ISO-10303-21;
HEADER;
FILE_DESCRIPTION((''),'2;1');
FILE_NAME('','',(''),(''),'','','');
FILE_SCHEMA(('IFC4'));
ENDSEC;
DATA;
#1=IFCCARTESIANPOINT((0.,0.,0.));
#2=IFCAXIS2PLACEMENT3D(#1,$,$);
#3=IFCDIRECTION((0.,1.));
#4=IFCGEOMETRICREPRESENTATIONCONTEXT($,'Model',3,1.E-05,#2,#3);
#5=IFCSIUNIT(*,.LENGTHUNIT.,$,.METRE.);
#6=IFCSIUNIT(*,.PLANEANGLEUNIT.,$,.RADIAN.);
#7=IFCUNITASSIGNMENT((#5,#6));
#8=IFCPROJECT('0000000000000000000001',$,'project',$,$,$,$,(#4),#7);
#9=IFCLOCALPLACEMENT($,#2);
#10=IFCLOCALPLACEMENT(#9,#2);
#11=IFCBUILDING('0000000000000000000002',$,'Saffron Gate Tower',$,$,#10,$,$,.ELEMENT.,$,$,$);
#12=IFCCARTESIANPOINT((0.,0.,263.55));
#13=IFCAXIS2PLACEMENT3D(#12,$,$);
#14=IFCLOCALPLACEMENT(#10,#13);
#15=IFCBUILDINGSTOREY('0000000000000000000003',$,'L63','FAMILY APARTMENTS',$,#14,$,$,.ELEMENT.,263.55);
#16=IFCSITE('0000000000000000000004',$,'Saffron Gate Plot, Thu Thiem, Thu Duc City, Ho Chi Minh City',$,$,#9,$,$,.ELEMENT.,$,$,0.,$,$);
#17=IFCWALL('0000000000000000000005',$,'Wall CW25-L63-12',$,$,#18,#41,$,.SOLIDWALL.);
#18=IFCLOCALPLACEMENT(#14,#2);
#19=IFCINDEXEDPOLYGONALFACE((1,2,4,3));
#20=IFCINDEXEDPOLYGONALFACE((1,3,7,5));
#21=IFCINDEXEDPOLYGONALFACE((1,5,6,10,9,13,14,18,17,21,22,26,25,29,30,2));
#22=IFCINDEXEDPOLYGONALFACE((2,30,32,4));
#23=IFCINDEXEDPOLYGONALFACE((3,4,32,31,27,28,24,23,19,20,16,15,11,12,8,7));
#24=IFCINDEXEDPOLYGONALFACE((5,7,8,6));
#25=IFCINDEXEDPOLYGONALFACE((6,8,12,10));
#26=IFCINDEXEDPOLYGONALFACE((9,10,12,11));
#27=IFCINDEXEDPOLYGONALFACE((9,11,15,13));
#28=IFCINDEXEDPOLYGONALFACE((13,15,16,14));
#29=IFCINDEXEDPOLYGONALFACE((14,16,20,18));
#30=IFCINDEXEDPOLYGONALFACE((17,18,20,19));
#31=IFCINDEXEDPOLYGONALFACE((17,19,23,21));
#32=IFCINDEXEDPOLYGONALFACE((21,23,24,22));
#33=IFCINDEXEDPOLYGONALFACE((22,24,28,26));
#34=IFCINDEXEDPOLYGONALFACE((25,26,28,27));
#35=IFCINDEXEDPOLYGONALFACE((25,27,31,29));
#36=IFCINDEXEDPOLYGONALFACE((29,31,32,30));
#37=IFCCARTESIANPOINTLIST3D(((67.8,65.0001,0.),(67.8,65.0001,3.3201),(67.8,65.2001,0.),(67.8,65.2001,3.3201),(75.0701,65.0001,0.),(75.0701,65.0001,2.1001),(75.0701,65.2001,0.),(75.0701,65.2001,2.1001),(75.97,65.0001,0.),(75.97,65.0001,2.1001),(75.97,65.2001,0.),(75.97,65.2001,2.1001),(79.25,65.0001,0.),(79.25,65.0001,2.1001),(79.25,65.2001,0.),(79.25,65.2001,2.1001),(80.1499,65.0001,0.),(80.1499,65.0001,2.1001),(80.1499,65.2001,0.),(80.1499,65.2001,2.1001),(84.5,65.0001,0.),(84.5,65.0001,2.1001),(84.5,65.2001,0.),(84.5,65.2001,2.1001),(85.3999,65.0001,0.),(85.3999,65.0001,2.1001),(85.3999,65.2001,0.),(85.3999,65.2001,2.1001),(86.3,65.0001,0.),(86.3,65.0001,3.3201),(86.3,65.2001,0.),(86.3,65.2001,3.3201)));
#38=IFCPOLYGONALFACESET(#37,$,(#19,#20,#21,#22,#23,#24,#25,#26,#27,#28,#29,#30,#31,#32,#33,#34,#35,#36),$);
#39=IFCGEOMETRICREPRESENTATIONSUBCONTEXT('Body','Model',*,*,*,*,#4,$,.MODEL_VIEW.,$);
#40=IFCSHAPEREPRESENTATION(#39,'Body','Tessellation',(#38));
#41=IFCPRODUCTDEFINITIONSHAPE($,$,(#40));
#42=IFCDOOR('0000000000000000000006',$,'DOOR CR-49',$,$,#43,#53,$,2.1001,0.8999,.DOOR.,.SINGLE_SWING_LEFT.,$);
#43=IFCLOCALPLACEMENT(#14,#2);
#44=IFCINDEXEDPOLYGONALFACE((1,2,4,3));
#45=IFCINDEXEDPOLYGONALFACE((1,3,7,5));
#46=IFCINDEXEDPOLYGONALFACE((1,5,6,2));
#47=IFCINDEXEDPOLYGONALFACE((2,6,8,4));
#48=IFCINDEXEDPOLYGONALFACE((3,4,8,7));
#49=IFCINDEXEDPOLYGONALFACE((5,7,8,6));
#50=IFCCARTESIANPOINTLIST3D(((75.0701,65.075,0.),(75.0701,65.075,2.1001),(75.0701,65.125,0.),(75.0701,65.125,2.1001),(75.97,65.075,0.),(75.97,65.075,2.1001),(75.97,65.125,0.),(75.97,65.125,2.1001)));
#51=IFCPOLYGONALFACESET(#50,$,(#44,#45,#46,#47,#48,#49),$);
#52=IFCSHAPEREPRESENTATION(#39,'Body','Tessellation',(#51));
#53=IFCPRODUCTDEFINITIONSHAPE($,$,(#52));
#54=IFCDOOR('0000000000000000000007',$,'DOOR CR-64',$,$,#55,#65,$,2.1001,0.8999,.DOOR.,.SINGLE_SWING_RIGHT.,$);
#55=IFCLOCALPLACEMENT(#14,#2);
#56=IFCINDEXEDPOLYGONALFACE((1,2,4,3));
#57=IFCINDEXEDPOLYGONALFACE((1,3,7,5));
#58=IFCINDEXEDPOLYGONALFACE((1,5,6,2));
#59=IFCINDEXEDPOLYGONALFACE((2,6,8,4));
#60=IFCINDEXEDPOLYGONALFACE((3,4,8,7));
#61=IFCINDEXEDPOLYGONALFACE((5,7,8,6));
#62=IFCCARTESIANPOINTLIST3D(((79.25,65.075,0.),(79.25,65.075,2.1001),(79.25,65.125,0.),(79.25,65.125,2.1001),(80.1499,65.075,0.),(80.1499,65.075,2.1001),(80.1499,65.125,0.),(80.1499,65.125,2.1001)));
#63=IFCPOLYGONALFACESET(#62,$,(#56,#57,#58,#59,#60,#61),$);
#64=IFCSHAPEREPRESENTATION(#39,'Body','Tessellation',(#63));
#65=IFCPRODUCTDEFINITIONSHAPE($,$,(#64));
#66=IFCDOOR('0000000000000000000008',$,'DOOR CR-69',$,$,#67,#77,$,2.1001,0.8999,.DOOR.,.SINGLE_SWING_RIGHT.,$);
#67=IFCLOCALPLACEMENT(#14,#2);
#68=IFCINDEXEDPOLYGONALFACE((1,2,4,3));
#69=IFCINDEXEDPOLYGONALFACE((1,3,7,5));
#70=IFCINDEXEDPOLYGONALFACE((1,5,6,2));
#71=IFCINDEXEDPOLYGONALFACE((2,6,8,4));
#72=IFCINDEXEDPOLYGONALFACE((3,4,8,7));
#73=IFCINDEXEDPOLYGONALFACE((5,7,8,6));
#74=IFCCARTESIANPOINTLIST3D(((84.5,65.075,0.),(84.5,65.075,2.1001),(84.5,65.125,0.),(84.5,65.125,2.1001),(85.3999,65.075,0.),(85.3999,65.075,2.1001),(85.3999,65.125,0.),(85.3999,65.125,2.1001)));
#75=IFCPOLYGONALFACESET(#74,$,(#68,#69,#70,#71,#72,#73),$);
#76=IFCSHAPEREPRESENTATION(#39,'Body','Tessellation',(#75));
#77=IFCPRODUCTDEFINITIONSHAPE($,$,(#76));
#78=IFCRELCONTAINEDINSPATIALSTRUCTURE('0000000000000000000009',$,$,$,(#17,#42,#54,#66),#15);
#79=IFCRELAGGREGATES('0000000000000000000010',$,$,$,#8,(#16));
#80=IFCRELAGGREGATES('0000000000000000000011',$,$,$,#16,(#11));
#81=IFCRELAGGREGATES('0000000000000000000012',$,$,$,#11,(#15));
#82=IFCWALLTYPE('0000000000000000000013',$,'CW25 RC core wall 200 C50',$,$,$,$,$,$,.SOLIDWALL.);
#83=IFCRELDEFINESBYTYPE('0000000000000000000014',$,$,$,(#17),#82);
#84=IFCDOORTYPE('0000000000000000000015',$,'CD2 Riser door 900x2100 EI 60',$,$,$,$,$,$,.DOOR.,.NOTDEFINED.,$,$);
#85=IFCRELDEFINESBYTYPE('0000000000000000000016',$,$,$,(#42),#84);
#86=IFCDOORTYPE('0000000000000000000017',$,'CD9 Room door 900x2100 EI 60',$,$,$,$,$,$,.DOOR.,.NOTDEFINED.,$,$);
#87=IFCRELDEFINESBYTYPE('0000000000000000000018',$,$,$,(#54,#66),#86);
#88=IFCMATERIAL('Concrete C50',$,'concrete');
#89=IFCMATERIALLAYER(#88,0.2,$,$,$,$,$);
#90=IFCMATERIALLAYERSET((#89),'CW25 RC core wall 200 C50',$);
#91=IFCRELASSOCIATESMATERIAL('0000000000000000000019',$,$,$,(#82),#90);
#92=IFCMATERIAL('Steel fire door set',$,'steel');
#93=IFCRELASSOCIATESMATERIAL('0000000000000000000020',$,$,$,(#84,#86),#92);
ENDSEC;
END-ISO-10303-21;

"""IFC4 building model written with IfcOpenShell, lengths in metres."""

from ifc_helpers import new_model, si_unit, direction, frame, frame_2d, origin, place, context, subcontext, project, spatial, rectangle, extrude, material, layer, layer_set, type_object, element, fill, save


model = new_model("IFC4")

# Units and contexts
model_context = context("Model", 3, precision=1e-05, world=origin(), true_north=direction((0.0, 1.0)))
body_context = subcontext(model_context, "Body", "Model", "MODEL_VIEW")
ifc_project = project(units=[si_unit("LENGTHUNIT", "METRE"), si_unit("PLANEANGLEUNIT", "RADIAN")], contexts=[model_context])

# Site, building, storey
site_placement = place(None, origin())
site = spatial("IfcSite", under=ifc_project, at=site_placement, Name="Saffron Gate Plot, Thu Thiem, Thu Duc City, Ho Chi Minh City", CompositionType="ELEMENT", RefElevation=0.0)
building_placement = place(site_placement, origin())
building = spatial("IfcBuilding", under=site, at=building_placement, Name="Saffron Gate Tower", CompositionType="ELEMENT")
storey_placement = place(building_placement, frame((0.0, 0.0, 263.55)))
storey = spatial("IfcBuildingStorey", under=building, at=storey_placement, Name="L63", Description="FAMILY APARTMENTS", CompositionType="ELEMENT", Elevation=263.55)

# Shared definitions
ifc_material_1 = material(Name="Concrete C50", Category="concrete")
ifc_material_2 = material(Name="Steel fire door set", Category="steel")

# Wall, openings, doors
ifc_layer_1 = layer(ifc_material_1, 0.2)
ifc_layer_set_1 = layer_set([ifc_layer_1], Name="CW25 RC core wall 200 C50")
wall_type_1 = type_object("IfcWallType", Name="CW25 RC core wall 200 C50", PredefinedType="SOLIDWALL", material=ifc_layer_set_1)
wall_1_placement = place(storey_placement, frame((67.8, 65.1001, 0.0), z_axis=(0.0, 0.0, 1.0), x_axis=(1.0, 0.0, 0.0)))
wall_1 = element("IfcWall", 1, at=wall_1_placement, inside=storey, type_object=wall_type_1, Name="Wall CW25-L63-12", PredefinedType="SOLIDWALL", context=body_context, shape_type="SweptSolid", body=[
    extrude(rectangle(XDim=18.5, YDim=0.2, at=frame_2d((9.25, 0.0))), origin(), (0.0, 0.0, 1.0), 3.3201),
])
opening_1_placement = place(wall_1_placement, frame((7.27, 0.0, 0.0)))
opening_1 = element("IfcOpeningElement", 2, at=opening_1_placement, cuts=wall_1, PredefinedType="OPENING", context=body_context, shape_type="SweptSolid", body=[
    extrude(rectangle(XDim=0.8999, YDim=2.1001, at=frame_2d((0.45, 1.05))), frame((0.0, 0.1099, 0.0), z_axis=(0.0, -1.0, 0.0), x_axis=(1.0, 0.0, 0.0)), (0.0, 0.0, 1.0), 0.22),
])
opening_2_placement = place(wall_1_placement, frame((11.45, 0.0, 0.0)))
opening_2 = element("IfcOpeningElement", 3, at=opening_2_placement, cuts=wall_1, PredefinedType="OPENING", context=body_context, shape_type="SweptSolid", body=[
    extrude(rectangle(XDim=0.8999, YDim=2.1001, at=frame_2d((0.45, 1.05))), frame((0.0, 0.1099, 0.0), z_axis=(0.0, -1.0, 0.0), x_axis=(1.0, 0.0, 0.0)), (0.0, 0.0, 1.0), 0.22),
])
opening_3_placement = place(wall_1_placement, frame((16.7, 0.0, 0.0)))
opening_3 = element("IfcOpeningElement", 4, at=opening_3_placement, cuts=wall_1, PredefinedType="OPENING", context=body_context, shape_type="SweptSolid", body=[
    extrude(rectangle(XDim=0.8999, YDim=2.1001, at=frame_2d((0.45, 1.05))), frame((0.0, 0.1099, 0.0), z_axis=(0.0, -1.0, 0.0), x_axis=(1.0, 0.0, 0.0)), (0.0, 0.0, 1.0), 0.22),
])
door_type_1 = type_object("IfcDoorType", Name="CD2 Riser door 900x2100 EI 60", OperationType="NOTDEFINED", PredefinedType="DOOR", material=ifc_material_2)
door_1_placement = place(opening_1_placement, origin())
door_1 = element("IfcDoor", 5, at=door_1_placement, inside=storey, type_object=door_type_1, Name="DOOR CR-49", OperationType="SINGLE_SWING_LEFT", OverallHeight=2.1001, OverallWidth=0.8999, PredefinedType="DOOR", context=body_context, shape_type="SweptSolid", body=[
    extrude(rectangle(XDim=0.8999, YDim=2.1001, at=frame_2d((0.45, 1.05))), frame((0.0, 0.0249, 0.0), z_axis=(0.0, -1.0, 0.0), x_axis=(1.0, 0.0, 0.0)), (0.0, 0.0, 1.0), 0.05),
])
fill(opening_1, door_1)
door_type_2 = type_object("IfcDoorType", Name="CD9 Room door 900x2100 EI 60", OperationType="NOTDEFINED", PredefinedType="DOOR", material=ifc_material_2)
door_2_placement = place(opening_2_placement, origin())
door_2 = element("IfcDoor", 6, at=door_2_placement, inside=storey, type_object=door_type_2, Name="DOOR CR-64", OperationType="SINGLE_SWING_RIGHT", OverallHeight=2.1001, OverallWidth=0.8999, PredefinedType="DOOR", context=body_context, shape_type="SweptSolid", body=[
    extrude(rectangle(XDim=0.8999, YDim=2.1001, at=frame_2d((0.45, 1.05))), frame((0.0, 0.0249, 0.0), z_axis=(0.0, -1.0, 0.0), x_axis=(1.0, 0.0, 0.0)), (0.0, 0.0, 1.0), 0.05),
])
fill(opening_2, door_2)
door_3_placement = place(opening_3_placement, origin())
door_3 = element("IfcDoor", 7, at=door_3_placement, inside=storey, type_object=door_type_2, Name="DOOR CR-69", OperationType="SINGLE_SWING_RIGHT", OverallHeight=2.1001, OverallWidth=0.8999, PredefinedType="DOOR", context=body_context, shape_type="SweptSolid", body=[
    extrude(rectangle(XDim=0.8999, YDim=2.1001, at=frame_2d((0.45, 1.05))), frame((0.0, 0.0249, 0.0), z_axis=(0.0, -1.0, 0.0), x_axis=(1.0, 0.0, 0.0)), (0.0, 0.0, 1.0), 0.05),
])
fill(opening_3, door_3)

save(model, "model.ifc")
